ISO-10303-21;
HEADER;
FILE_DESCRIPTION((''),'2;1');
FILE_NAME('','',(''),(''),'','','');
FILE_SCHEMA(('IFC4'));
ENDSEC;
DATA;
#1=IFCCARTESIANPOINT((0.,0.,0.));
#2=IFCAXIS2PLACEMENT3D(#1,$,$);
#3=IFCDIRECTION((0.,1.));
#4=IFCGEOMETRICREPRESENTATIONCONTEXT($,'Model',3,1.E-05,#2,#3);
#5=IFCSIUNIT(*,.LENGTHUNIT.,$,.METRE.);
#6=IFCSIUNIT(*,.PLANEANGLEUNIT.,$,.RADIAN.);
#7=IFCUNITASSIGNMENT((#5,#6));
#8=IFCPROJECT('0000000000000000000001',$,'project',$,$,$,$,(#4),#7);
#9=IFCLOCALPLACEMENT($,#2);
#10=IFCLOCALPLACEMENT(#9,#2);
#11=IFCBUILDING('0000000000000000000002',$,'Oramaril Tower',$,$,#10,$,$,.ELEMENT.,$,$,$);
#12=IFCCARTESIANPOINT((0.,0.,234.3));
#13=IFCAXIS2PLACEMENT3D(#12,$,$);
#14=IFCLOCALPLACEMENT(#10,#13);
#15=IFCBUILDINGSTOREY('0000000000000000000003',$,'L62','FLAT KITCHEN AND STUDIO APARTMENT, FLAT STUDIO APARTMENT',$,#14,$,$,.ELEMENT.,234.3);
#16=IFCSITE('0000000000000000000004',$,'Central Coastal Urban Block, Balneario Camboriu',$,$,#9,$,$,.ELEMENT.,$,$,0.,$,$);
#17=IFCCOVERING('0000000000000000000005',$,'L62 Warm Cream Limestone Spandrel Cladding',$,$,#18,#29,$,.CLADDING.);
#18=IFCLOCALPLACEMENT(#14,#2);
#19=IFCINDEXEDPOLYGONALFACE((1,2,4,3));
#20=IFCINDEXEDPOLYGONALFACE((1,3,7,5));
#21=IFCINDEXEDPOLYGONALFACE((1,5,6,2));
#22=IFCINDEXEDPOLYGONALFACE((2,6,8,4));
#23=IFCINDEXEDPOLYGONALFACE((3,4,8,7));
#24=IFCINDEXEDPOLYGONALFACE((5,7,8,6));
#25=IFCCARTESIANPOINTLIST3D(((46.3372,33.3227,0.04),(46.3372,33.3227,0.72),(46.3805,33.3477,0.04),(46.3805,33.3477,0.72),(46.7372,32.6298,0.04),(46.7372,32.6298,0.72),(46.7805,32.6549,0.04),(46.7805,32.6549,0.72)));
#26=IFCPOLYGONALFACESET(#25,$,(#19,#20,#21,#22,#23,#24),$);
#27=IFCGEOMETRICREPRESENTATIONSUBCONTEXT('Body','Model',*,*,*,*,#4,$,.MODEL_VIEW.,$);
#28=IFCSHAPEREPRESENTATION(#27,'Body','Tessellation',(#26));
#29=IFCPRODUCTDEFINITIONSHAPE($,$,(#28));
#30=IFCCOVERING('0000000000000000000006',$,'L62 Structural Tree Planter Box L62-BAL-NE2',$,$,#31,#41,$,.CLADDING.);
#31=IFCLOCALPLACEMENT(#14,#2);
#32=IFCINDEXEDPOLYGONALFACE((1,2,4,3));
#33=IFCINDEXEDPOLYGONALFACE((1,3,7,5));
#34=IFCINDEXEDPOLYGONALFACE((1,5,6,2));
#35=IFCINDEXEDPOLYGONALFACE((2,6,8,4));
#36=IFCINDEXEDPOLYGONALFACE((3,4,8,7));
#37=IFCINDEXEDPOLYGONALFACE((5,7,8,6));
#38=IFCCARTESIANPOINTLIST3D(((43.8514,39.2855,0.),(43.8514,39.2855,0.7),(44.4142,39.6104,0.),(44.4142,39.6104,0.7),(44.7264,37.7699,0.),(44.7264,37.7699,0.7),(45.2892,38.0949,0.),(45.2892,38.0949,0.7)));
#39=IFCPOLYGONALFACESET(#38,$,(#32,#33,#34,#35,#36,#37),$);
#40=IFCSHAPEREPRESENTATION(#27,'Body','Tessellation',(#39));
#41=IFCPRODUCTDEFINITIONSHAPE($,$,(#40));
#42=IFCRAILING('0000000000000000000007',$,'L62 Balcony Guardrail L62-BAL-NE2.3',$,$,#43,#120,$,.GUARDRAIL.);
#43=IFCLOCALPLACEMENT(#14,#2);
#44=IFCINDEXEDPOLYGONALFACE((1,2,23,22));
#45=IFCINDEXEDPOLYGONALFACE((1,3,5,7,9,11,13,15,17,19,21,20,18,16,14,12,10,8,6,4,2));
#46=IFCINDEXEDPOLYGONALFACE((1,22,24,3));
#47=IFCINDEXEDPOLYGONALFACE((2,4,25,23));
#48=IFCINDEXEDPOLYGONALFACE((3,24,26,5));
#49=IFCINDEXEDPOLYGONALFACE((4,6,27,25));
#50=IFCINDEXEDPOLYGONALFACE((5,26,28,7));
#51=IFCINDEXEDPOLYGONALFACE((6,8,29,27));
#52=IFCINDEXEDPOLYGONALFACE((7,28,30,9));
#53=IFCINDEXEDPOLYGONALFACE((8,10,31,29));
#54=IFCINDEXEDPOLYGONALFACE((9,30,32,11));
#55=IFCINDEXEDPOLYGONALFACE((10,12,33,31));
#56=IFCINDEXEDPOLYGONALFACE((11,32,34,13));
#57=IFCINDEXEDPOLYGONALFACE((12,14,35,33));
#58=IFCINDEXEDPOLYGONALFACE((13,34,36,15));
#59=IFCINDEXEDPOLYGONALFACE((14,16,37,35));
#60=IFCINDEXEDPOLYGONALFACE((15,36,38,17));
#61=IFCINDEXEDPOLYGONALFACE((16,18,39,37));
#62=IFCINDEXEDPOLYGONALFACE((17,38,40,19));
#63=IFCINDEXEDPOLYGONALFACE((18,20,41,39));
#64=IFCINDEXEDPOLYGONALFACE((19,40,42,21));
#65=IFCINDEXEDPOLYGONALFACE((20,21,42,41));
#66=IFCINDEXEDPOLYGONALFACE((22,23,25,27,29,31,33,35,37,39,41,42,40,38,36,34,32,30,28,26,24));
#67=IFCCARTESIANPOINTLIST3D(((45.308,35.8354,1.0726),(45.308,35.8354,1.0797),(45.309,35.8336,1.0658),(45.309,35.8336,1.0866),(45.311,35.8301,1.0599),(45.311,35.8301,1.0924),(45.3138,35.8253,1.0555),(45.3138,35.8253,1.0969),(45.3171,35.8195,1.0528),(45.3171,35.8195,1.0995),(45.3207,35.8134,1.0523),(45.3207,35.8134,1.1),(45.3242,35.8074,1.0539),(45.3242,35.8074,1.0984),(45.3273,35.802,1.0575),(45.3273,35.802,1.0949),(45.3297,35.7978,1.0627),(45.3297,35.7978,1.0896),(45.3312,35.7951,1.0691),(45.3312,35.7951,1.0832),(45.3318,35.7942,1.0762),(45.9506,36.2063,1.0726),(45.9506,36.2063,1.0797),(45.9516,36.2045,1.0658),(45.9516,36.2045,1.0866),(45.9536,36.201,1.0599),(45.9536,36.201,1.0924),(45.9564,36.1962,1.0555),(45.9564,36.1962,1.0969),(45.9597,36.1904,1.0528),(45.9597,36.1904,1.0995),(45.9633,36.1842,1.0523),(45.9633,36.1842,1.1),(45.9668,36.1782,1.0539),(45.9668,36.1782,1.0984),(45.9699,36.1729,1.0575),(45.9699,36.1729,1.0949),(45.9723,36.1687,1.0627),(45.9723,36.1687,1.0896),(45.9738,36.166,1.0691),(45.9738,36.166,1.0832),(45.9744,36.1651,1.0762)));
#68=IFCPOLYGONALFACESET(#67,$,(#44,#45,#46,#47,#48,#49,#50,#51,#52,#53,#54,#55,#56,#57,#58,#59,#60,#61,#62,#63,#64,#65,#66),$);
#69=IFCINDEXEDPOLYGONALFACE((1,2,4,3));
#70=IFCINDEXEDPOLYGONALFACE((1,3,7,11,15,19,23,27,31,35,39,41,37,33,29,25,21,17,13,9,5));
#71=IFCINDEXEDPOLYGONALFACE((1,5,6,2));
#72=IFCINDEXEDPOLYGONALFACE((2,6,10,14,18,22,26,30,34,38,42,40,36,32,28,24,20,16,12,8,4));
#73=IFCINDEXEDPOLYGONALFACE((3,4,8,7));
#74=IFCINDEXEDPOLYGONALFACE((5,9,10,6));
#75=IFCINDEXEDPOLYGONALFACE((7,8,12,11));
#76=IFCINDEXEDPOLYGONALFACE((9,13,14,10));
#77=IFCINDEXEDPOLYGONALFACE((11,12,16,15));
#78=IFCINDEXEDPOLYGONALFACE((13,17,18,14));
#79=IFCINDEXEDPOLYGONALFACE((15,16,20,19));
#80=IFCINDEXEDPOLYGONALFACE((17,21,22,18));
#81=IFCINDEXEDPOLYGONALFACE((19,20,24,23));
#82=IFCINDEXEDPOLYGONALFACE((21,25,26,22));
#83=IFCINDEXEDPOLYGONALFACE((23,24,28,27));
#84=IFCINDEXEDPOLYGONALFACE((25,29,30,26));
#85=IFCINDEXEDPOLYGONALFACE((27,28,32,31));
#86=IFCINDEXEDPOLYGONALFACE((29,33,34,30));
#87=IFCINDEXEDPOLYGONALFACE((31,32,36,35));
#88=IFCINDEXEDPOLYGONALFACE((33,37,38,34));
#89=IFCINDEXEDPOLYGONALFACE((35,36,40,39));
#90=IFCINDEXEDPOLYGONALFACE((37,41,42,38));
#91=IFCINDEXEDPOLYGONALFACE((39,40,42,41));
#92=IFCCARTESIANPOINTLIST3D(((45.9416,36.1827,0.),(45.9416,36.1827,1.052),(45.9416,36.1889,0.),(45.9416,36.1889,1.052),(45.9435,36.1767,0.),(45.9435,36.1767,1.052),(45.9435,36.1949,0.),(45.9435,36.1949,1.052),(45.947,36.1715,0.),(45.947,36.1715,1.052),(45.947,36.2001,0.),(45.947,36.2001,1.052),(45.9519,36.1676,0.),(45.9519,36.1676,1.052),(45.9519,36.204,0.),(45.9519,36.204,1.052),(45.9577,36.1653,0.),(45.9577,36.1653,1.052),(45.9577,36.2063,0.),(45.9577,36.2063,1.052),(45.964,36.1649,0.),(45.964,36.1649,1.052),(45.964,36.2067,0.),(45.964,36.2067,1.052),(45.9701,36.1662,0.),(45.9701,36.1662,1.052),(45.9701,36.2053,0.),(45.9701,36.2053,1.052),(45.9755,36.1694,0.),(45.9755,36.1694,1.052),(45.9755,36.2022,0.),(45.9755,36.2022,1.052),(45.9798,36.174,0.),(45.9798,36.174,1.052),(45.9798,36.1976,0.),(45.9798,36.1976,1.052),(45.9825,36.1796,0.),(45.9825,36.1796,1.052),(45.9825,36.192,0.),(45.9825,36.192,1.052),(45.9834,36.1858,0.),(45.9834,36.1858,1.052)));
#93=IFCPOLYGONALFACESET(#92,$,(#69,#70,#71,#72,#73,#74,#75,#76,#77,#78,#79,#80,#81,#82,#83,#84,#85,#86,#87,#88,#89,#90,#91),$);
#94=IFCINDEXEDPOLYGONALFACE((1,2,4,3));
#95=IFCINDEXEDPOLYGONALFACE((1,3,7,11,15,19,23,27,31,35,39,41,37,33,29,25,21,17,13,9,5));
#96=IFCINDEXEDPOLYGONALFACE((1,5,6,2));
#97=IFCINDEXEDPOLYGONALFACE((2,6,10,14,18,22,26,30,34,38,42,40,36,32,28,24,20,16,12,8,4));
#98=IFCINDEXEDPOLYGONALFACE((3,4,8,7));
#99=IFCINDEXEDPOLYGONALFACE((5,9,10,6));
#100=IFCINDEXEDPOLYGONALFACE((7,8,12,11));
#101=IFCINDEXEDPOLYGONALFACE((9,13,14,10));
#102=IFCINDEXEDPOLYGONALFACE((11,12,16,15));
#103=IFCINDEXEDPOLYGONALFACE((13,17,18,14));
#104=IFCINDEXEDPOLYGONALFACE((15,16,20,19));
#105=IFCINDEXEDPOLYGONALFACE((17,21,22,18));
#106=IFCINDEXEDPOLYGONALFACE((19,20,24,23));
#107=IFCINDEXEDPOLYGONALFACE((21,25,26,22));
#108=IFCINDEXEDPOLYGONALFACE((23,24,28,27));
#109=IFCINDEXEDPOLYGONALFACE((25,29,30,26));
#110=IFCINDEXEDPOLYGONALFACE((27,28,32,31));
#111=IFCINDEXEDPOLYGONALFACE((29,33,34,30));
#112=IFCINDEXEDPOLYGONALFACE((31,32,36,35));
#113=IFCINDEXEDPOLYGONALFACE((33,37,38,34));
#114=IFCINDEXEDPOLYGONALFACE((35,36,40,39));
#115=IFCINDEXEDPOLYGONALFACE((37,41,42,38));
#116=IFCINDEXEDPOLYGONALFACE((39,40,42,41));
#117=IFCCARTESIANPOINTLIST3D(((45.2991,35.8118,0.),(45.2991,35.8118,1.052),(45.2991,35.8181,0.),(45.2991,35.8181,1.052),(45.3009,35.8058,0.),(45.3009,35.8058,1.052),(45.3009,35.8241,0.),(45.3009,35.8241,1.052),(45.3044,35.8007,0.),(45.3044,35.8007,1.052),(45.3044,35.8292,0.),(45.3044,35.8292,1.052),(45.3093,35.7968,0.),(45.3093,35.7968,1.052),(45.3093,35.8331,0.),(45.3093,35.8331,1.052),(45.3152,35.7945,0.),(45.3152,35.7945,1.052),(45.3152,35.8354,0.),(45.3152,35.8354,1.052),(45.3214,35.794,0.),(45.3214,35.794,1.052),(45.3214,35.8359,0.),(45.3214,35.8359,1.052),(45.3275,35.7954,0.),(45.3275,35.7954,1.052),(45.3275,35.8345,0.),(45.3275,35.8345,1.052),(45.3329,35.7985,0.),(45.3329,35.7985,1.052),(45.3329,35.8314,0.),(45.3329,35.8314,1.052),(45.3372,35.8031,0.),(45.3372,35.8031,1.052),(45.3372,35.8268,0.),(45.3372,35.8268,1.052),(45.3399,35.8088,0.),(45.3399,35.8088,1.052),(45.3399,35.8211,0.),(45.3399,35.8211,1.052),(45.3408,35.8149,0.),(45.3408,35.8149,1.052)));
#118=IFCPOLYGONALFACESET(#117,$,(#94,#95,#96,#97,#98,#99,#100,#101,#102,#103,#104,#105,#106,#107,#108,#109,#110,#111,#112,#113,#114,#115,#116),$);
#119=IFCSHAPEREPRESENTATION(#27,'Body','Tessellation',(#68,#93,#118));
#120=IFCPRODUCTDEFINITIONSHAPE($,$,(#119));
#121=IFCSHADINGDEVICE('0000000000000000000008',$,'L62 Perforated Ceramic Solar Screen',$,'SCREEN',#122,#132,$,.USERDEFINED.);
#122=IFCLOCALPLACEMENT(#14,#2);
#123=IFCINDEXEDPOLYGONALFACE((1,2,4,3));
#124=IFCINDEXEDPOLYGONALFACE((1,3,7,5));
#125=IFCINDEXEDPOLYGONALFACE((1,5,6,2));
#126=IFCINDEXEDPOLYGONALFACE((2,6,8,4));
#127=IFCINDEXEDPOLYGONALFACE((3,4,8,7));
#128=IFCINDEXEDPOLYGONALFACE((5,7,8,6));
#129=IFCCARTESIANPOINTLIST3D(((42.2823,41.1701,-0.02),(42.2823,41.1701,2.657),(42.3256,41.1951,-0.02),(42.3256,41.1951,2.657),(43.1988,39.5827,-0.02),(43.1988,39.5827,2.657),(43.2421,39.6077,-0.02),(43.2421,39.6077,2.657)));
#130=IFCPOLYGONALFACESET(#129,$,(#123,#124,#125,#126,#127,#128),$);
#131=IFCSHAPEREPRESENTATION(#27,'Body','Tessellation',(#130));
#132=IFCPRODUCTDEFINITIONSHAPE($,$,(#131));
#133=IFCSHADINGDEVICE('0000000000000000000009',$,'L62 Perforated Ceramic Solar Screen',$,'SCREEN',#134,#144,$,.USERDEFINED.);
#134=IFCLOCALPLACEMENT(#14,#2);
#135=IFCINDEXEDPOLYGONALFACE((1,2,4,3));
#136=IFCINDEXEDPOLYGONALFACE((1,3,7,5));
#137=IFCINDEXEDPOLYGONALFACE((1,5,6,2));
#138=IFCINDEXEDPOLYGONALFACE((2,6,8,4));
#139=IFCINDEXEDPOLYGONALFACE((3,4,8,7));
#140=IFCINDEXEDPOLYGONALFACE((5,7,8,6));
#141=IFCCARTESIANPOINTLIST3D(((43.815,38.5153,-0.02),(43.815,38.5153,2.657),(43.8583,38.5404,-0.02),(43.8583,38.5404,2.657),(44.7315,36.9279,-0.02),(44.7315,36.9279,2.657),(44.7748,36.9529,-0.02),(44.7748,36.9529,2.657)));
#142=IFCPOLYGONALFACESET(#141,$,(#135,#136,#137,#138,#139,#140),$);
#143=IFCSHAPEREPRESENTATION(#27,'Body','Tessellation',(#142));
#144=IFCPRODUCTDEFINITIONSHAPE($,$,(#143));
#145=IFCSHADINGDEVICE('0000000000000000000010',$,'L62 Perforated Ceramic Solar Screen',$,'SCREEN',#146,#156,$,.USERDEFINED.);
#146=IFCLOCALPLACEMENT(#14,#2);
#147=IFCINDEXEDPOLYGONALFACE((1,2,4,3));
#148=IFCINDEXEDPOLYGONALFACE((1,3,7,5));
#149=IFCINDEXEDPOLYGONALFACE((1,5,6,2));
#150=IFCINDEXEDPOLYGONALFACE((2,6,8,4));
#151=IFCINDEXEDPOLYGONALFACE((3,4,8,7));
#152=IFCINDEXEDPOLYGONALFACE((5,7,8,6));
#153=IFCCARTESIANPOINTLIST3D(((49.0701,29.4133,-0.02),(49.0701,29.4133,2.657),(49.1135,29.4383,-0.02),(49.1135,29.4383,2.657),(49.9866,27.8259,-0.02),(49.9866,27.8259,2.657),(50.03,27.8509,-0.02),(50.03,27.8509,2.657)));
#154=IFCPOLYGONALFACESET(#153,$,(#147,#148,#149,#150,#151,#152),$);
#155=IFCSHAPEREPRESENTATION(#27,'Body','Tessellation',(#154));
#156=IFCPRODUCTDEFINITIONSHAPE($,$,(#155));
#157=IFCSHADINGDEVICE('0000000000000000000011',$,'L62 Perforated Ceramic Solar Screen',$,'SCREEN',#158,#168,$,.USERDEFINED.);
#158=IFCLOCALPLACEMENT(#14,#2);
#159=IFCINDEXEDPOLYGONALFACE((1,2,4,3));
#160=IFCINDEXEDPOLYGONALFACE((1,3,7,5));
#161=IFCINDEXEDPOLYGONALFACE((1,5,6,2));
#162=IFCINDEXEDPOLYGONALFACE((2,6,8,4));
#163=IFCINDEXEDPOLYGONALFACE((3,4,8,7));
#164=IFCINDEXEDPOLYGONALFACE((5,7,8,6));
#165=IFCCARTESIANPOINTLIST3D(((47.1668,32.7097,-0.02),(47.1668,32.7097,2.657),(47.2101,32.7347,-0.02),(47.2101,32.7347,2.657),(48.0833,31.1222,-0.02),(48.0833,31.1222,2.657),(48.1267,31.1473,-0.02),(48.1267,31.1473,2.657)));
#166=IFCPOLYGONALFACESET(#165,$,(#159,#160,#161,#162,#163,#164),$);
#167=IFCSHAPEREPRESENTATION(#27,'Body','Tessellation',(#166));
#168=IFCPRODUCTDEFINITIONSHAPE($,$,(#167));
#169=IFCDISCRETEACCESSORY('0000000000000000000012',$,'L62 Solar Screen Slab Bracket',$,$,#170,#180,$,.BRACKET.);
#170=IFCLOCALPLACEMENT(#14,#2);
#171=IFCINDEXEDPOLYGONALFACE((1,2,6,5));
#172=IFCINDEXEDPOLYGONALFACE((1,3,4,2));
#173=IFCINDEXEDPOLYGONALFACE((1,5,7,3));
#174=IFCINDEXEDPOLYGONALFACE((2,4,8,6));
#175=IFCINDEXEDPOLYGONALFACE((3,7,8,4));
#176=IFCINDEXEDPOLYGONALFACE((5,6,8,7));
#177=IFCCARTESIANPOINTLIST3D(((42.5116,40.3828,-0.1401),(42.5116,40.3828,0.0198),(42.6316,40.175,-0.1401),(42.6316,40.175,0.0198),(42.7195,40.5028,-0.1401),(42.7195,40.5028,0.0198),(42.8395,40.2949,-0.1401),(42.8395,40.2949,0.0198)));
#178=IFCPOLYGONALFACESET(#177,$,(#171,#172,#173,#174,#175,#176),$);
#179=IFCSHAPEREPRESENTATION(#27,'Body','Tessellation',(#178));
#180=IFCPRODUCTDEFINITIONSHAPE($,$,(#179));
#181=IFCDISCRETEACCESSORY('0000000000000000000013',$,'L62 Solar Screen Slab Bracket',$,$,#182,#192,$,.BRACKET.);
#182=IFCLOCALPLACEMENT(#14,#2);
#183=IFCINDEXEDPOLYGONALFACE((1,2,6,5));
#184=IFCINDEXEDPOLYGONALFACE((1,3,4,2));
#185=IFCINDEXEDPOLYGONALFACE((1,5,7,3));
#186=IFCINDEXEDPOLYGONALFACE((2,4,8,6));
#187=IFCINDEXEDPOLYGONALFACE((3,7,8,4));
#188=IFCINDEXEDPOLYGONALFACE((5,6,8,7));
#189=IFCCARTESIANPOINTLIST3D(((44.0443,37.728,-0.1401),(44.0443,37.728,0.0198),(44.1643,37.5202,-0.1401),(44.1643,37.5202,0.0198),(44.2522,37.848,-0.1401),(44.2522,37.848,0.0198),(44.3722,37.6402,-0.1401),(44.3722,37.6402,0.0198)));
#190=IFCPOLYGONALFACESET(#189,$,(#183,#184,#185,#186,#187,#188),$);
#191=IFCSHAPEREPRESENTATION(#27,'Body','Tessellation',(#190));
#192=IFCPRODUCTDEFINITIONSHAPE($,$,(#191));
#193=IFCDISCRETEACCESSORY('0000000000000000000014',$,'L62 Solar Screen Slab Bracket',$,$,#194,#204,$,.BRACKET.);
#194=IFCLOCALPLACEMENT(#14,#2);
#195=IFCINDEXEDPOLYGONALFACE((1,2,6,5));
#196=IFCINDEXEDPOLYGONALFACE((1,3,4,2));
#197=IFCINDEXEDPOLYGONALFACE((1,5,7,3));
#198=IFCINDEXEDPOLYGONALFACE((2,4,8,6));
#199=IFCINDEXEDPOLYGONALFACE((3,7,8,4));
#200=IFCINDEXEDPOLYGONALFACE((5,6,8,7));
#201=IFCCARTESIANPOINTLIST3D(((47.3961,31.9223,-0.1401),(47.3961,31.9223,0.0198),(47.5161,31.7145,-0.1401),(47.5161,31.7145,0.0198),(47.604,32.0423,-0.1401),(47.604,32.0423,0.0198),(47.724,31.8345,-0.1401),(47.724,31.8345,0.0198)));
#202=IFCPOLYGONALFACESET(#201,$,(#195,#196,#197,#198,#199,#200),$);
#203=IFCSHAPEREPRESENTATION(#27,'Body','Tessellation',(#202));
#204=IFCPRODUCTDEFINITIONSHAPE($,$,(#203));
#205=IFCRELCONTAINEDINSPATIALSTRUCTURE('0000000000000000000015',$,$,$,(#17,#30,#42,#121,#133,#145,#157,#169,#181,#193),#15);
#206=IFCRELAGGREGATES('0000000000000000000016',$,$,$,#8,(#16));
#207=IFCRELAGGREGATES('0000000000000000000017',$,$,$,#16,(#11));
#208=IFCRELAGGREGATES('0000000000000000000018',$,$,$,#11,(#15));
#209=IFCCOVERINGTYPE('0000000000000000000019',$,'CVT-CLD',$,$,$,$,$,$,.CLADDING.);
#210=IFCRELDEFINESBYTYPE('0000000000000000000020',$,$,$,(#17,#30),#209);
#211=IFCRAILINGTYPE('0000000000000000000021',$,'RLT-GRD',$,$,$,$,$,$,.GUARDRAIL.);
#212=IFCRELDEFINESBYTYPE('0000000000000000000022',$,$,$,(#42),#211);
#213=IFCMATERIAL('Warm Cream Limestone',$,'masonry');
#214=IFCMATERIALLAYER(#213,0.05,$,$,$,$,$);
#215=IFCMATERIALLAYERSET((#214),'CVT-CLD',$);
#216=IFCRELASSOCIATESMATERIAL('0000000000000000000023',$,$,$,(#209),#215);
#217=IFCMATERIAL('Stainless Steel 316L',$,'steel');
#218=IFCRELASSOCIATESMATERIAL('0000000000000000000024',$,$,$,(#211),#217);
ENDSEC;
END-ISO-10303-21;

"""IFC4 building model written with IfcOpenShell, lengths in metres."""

from ifc_helpers import new_model, si_unit, direction, frame, origin, origin_2d, place, context, subcontext, project, spatial, rectangle, circle, extrude, material, layer, layer_set, type_object, element, save


model = new_model("IFC4")

# Units and contexts
model_context = context("Model", 3, precision=1e-05, world=origin(), true_north=direction((0.0, 1.0)))
body_context = subcontext(model_context, "Body", "Model", "MODEL_VIEW")
ifc_project = project(units=[si_unit("LENGTHUNIT", "METRE"), si_unit("PLANEANGLEUNIT", "RADIAN")], contexts=[model_context])

# Site, building, storey
site_placement = place(None, origin())
site = spatial("IfcSite", under=ifc_project, at=site_placement, Name="Central Coastal Urban Block, Balneario Camboriu", CompositionType="ELEMENT", RefElevation=0.0)
building_placement = place(site_placement, origin())
building = spatial("IfcBuilding", under=site, at=building_placement, Name="Oramaril Tower", CompositionType="ELEMENT")
storey_placement = place(building_placement, frame((0.0, 0.0, 234.3)))
storey = spatial("IfcBuildingStorey", under=building, at=storey_placement, Name="L62", Description="FLAT KITCHEN AND STUDIO APARTMENT, FLAT STUDIO APARTMENT", CompositionType="ELEMENT", Elevation=234.3)

# Coverings
ifc_material_1 = material(Name="Warm Cream Limestone", Category="masonry")
ifc_layer_1 = layer(ifc_material_1, 0.05)
ifc_layer_set_1 = layer_set([ifc_layer_1], Name="CVT-CLD")
covering_type = type_object("IfcCoveringType", Name="CVT-CLD", PredefinedType="CLADDING", material=ifc_layer_set_1)
covering_1_placement = place(storey_placement, frame((46.5588, 32.9888, 0.04), z_axis=(0.0, 0.0, 1.0), x_axis=(-0.499998, 0.866026, 0.0)))
element("IfcCovering", 1, at=covering_1_placement, inside=storey, type_object=covering_type, Name="L62 Warm Cream Limestone Spandrel Cladding", PredefinedType="CLADDING", context=body_context, shape_type="SweptSolid", body=[
    extrude(rectangle(XDim=0.8, YDim=0.05, at=origin_2d()), origin(), (0.0, 0.0, 1.0), 0.6799),
])
covering_2_placement = place(storey_placement, frame((44.5703, 38.6902, 0.0), z_axis=(0.0, 0.0, 1.0), x_axis=(-0.5, 0.866025, 0.0)))
element("IfcCovering", 2, at=covering_2_placement, inside=storey, type_object=covering_type, Name="L62 Structural Tree Planter Box L62-BAL-NE2", PredefinedType="CLADDING", context=body_context, shape_type="SweptSolid", body=[
    extrude(rectangle(XDim=1.75, YDim=0.6499, at=origin_2d()), origin(), (0.0, 0.0, 1.0), 0.7),
])

# Railing
ifc_material_2 = material(Name="Stainless Steel 316L", Category="steel")
railing_type = type_object("IfcRailingType", Name="RLT-GRD", PredefinedType="GUARDRAIL", material=ifc_material_2)
railing_1_placement = place(storey_placement, frame((45.9624, 36.1858, 0.0)))
element("IfcRailing", 3, at=railing_1_placement, inside=storey, type_object=railing_type, Name="L62 Balcony Guardrail L62-BAL-NE2.3", PredefinedType="GUARDRAIL", context=body_context, shape_type="SweptSolid", body=[
    extrude(circle(Radius=0.0239, at=origin_2d()), frame((0.0, 0.0, 1.0762), z_axis=(-0.866109, -0.499855, 0.0), x_axis=(0.499855, -0.866109, 0.0)), (0.0, 0.0, 1.0), 0.7419),
    extrude(circle(Radius=0.021, at=origin_2d()), origin(), (0.0, 0.0, 1.0), 1.052),
    extrude(circle(Radius=0.021, at=origin_2d()), frame((-0.6426, -0.3708, 0.0)), (0.0, 0.0, 1.0), 1.052),
])

# Shading devices
for number, where, z_axis, x_axis, name in (
    (4, (42.7622, 40.3889, -0.02), (0.0, 0.0, 1.0), (-0.499998, 0.866026, 0.0), "L62 Perforated Ceramic Solar Screen"),
    (5, (44.2949, 37.7341, -0.02), (0.0, 0.0, 1.0), (-0.499998, 0.866026, 0.0), "L62 Perforated Ceramic Solar Screen"),
    (6, (49.55, 28.6321, -0.02), (0.0, 0.0, 1.0), (-0.499998, 0.866026, 0.0), "L62 Perforated Ceramic Solar Screen"),
    (7, (47.6467, 31.9285, -0.02), (0.0, 0.0, 1.0), (-0.499998, 0.866026, 0.0), "L62 Perforated Ceramic Solar Screen"),
):
    element("IfcShadingDevice", number, at=place(storey_placement, frame(where, z_axis=z_axis, x_axis=x_axis)), inside=storey, Name=name, ObjectType="SCREEN", PredefinedType="USERDEFINED", context=body_context, shape_type="SweptSolid", body=[
        extrude(rectangle(XDim=1.833, YDim=0.05, at=origin_2d()), origin(), (0.0, 0.0, 1.0), 2.677),
    ])

# Discrete accessories
for number, where, z_axis, x_axis, name in (
    (8, (42.6755, 40.3389, -0.1401), (0.0, 0.0, 1.0), (-0.499998, 0.866026, 0.0), "L62 Solar Screen Slab Bracket"),
    (9, (44.2083, 37.6841, -0.1401), (0.0, 0.0, 1.0), (-0.499998, 0.866026, 0.0), "L62 Solar Screen Slab Bracket"),
    (10, (47.5601, 31.8784, -0.1401), (0.0, 0.0, 1.0), (-0.499998, 0.866026, 0.0), "L62 Solar Screen Slab Bracket"),
):
    element("IfcDiscreteAccessory", number, at=place(storey_placement, frame(where, z_axis=z_axis, x_axis=x_axis)), inside=storey, Name=name, PredefinedType="BRACKET", context=body_context, shape_type="SweptSolid", body=[
        extrude(rectangle(XDim=0.24, YDim=0.24, at=origin_2d()), origin(), (0.0, 0.0, 1.0), 0.1599),
    ])

save(model, "model.ifc")
